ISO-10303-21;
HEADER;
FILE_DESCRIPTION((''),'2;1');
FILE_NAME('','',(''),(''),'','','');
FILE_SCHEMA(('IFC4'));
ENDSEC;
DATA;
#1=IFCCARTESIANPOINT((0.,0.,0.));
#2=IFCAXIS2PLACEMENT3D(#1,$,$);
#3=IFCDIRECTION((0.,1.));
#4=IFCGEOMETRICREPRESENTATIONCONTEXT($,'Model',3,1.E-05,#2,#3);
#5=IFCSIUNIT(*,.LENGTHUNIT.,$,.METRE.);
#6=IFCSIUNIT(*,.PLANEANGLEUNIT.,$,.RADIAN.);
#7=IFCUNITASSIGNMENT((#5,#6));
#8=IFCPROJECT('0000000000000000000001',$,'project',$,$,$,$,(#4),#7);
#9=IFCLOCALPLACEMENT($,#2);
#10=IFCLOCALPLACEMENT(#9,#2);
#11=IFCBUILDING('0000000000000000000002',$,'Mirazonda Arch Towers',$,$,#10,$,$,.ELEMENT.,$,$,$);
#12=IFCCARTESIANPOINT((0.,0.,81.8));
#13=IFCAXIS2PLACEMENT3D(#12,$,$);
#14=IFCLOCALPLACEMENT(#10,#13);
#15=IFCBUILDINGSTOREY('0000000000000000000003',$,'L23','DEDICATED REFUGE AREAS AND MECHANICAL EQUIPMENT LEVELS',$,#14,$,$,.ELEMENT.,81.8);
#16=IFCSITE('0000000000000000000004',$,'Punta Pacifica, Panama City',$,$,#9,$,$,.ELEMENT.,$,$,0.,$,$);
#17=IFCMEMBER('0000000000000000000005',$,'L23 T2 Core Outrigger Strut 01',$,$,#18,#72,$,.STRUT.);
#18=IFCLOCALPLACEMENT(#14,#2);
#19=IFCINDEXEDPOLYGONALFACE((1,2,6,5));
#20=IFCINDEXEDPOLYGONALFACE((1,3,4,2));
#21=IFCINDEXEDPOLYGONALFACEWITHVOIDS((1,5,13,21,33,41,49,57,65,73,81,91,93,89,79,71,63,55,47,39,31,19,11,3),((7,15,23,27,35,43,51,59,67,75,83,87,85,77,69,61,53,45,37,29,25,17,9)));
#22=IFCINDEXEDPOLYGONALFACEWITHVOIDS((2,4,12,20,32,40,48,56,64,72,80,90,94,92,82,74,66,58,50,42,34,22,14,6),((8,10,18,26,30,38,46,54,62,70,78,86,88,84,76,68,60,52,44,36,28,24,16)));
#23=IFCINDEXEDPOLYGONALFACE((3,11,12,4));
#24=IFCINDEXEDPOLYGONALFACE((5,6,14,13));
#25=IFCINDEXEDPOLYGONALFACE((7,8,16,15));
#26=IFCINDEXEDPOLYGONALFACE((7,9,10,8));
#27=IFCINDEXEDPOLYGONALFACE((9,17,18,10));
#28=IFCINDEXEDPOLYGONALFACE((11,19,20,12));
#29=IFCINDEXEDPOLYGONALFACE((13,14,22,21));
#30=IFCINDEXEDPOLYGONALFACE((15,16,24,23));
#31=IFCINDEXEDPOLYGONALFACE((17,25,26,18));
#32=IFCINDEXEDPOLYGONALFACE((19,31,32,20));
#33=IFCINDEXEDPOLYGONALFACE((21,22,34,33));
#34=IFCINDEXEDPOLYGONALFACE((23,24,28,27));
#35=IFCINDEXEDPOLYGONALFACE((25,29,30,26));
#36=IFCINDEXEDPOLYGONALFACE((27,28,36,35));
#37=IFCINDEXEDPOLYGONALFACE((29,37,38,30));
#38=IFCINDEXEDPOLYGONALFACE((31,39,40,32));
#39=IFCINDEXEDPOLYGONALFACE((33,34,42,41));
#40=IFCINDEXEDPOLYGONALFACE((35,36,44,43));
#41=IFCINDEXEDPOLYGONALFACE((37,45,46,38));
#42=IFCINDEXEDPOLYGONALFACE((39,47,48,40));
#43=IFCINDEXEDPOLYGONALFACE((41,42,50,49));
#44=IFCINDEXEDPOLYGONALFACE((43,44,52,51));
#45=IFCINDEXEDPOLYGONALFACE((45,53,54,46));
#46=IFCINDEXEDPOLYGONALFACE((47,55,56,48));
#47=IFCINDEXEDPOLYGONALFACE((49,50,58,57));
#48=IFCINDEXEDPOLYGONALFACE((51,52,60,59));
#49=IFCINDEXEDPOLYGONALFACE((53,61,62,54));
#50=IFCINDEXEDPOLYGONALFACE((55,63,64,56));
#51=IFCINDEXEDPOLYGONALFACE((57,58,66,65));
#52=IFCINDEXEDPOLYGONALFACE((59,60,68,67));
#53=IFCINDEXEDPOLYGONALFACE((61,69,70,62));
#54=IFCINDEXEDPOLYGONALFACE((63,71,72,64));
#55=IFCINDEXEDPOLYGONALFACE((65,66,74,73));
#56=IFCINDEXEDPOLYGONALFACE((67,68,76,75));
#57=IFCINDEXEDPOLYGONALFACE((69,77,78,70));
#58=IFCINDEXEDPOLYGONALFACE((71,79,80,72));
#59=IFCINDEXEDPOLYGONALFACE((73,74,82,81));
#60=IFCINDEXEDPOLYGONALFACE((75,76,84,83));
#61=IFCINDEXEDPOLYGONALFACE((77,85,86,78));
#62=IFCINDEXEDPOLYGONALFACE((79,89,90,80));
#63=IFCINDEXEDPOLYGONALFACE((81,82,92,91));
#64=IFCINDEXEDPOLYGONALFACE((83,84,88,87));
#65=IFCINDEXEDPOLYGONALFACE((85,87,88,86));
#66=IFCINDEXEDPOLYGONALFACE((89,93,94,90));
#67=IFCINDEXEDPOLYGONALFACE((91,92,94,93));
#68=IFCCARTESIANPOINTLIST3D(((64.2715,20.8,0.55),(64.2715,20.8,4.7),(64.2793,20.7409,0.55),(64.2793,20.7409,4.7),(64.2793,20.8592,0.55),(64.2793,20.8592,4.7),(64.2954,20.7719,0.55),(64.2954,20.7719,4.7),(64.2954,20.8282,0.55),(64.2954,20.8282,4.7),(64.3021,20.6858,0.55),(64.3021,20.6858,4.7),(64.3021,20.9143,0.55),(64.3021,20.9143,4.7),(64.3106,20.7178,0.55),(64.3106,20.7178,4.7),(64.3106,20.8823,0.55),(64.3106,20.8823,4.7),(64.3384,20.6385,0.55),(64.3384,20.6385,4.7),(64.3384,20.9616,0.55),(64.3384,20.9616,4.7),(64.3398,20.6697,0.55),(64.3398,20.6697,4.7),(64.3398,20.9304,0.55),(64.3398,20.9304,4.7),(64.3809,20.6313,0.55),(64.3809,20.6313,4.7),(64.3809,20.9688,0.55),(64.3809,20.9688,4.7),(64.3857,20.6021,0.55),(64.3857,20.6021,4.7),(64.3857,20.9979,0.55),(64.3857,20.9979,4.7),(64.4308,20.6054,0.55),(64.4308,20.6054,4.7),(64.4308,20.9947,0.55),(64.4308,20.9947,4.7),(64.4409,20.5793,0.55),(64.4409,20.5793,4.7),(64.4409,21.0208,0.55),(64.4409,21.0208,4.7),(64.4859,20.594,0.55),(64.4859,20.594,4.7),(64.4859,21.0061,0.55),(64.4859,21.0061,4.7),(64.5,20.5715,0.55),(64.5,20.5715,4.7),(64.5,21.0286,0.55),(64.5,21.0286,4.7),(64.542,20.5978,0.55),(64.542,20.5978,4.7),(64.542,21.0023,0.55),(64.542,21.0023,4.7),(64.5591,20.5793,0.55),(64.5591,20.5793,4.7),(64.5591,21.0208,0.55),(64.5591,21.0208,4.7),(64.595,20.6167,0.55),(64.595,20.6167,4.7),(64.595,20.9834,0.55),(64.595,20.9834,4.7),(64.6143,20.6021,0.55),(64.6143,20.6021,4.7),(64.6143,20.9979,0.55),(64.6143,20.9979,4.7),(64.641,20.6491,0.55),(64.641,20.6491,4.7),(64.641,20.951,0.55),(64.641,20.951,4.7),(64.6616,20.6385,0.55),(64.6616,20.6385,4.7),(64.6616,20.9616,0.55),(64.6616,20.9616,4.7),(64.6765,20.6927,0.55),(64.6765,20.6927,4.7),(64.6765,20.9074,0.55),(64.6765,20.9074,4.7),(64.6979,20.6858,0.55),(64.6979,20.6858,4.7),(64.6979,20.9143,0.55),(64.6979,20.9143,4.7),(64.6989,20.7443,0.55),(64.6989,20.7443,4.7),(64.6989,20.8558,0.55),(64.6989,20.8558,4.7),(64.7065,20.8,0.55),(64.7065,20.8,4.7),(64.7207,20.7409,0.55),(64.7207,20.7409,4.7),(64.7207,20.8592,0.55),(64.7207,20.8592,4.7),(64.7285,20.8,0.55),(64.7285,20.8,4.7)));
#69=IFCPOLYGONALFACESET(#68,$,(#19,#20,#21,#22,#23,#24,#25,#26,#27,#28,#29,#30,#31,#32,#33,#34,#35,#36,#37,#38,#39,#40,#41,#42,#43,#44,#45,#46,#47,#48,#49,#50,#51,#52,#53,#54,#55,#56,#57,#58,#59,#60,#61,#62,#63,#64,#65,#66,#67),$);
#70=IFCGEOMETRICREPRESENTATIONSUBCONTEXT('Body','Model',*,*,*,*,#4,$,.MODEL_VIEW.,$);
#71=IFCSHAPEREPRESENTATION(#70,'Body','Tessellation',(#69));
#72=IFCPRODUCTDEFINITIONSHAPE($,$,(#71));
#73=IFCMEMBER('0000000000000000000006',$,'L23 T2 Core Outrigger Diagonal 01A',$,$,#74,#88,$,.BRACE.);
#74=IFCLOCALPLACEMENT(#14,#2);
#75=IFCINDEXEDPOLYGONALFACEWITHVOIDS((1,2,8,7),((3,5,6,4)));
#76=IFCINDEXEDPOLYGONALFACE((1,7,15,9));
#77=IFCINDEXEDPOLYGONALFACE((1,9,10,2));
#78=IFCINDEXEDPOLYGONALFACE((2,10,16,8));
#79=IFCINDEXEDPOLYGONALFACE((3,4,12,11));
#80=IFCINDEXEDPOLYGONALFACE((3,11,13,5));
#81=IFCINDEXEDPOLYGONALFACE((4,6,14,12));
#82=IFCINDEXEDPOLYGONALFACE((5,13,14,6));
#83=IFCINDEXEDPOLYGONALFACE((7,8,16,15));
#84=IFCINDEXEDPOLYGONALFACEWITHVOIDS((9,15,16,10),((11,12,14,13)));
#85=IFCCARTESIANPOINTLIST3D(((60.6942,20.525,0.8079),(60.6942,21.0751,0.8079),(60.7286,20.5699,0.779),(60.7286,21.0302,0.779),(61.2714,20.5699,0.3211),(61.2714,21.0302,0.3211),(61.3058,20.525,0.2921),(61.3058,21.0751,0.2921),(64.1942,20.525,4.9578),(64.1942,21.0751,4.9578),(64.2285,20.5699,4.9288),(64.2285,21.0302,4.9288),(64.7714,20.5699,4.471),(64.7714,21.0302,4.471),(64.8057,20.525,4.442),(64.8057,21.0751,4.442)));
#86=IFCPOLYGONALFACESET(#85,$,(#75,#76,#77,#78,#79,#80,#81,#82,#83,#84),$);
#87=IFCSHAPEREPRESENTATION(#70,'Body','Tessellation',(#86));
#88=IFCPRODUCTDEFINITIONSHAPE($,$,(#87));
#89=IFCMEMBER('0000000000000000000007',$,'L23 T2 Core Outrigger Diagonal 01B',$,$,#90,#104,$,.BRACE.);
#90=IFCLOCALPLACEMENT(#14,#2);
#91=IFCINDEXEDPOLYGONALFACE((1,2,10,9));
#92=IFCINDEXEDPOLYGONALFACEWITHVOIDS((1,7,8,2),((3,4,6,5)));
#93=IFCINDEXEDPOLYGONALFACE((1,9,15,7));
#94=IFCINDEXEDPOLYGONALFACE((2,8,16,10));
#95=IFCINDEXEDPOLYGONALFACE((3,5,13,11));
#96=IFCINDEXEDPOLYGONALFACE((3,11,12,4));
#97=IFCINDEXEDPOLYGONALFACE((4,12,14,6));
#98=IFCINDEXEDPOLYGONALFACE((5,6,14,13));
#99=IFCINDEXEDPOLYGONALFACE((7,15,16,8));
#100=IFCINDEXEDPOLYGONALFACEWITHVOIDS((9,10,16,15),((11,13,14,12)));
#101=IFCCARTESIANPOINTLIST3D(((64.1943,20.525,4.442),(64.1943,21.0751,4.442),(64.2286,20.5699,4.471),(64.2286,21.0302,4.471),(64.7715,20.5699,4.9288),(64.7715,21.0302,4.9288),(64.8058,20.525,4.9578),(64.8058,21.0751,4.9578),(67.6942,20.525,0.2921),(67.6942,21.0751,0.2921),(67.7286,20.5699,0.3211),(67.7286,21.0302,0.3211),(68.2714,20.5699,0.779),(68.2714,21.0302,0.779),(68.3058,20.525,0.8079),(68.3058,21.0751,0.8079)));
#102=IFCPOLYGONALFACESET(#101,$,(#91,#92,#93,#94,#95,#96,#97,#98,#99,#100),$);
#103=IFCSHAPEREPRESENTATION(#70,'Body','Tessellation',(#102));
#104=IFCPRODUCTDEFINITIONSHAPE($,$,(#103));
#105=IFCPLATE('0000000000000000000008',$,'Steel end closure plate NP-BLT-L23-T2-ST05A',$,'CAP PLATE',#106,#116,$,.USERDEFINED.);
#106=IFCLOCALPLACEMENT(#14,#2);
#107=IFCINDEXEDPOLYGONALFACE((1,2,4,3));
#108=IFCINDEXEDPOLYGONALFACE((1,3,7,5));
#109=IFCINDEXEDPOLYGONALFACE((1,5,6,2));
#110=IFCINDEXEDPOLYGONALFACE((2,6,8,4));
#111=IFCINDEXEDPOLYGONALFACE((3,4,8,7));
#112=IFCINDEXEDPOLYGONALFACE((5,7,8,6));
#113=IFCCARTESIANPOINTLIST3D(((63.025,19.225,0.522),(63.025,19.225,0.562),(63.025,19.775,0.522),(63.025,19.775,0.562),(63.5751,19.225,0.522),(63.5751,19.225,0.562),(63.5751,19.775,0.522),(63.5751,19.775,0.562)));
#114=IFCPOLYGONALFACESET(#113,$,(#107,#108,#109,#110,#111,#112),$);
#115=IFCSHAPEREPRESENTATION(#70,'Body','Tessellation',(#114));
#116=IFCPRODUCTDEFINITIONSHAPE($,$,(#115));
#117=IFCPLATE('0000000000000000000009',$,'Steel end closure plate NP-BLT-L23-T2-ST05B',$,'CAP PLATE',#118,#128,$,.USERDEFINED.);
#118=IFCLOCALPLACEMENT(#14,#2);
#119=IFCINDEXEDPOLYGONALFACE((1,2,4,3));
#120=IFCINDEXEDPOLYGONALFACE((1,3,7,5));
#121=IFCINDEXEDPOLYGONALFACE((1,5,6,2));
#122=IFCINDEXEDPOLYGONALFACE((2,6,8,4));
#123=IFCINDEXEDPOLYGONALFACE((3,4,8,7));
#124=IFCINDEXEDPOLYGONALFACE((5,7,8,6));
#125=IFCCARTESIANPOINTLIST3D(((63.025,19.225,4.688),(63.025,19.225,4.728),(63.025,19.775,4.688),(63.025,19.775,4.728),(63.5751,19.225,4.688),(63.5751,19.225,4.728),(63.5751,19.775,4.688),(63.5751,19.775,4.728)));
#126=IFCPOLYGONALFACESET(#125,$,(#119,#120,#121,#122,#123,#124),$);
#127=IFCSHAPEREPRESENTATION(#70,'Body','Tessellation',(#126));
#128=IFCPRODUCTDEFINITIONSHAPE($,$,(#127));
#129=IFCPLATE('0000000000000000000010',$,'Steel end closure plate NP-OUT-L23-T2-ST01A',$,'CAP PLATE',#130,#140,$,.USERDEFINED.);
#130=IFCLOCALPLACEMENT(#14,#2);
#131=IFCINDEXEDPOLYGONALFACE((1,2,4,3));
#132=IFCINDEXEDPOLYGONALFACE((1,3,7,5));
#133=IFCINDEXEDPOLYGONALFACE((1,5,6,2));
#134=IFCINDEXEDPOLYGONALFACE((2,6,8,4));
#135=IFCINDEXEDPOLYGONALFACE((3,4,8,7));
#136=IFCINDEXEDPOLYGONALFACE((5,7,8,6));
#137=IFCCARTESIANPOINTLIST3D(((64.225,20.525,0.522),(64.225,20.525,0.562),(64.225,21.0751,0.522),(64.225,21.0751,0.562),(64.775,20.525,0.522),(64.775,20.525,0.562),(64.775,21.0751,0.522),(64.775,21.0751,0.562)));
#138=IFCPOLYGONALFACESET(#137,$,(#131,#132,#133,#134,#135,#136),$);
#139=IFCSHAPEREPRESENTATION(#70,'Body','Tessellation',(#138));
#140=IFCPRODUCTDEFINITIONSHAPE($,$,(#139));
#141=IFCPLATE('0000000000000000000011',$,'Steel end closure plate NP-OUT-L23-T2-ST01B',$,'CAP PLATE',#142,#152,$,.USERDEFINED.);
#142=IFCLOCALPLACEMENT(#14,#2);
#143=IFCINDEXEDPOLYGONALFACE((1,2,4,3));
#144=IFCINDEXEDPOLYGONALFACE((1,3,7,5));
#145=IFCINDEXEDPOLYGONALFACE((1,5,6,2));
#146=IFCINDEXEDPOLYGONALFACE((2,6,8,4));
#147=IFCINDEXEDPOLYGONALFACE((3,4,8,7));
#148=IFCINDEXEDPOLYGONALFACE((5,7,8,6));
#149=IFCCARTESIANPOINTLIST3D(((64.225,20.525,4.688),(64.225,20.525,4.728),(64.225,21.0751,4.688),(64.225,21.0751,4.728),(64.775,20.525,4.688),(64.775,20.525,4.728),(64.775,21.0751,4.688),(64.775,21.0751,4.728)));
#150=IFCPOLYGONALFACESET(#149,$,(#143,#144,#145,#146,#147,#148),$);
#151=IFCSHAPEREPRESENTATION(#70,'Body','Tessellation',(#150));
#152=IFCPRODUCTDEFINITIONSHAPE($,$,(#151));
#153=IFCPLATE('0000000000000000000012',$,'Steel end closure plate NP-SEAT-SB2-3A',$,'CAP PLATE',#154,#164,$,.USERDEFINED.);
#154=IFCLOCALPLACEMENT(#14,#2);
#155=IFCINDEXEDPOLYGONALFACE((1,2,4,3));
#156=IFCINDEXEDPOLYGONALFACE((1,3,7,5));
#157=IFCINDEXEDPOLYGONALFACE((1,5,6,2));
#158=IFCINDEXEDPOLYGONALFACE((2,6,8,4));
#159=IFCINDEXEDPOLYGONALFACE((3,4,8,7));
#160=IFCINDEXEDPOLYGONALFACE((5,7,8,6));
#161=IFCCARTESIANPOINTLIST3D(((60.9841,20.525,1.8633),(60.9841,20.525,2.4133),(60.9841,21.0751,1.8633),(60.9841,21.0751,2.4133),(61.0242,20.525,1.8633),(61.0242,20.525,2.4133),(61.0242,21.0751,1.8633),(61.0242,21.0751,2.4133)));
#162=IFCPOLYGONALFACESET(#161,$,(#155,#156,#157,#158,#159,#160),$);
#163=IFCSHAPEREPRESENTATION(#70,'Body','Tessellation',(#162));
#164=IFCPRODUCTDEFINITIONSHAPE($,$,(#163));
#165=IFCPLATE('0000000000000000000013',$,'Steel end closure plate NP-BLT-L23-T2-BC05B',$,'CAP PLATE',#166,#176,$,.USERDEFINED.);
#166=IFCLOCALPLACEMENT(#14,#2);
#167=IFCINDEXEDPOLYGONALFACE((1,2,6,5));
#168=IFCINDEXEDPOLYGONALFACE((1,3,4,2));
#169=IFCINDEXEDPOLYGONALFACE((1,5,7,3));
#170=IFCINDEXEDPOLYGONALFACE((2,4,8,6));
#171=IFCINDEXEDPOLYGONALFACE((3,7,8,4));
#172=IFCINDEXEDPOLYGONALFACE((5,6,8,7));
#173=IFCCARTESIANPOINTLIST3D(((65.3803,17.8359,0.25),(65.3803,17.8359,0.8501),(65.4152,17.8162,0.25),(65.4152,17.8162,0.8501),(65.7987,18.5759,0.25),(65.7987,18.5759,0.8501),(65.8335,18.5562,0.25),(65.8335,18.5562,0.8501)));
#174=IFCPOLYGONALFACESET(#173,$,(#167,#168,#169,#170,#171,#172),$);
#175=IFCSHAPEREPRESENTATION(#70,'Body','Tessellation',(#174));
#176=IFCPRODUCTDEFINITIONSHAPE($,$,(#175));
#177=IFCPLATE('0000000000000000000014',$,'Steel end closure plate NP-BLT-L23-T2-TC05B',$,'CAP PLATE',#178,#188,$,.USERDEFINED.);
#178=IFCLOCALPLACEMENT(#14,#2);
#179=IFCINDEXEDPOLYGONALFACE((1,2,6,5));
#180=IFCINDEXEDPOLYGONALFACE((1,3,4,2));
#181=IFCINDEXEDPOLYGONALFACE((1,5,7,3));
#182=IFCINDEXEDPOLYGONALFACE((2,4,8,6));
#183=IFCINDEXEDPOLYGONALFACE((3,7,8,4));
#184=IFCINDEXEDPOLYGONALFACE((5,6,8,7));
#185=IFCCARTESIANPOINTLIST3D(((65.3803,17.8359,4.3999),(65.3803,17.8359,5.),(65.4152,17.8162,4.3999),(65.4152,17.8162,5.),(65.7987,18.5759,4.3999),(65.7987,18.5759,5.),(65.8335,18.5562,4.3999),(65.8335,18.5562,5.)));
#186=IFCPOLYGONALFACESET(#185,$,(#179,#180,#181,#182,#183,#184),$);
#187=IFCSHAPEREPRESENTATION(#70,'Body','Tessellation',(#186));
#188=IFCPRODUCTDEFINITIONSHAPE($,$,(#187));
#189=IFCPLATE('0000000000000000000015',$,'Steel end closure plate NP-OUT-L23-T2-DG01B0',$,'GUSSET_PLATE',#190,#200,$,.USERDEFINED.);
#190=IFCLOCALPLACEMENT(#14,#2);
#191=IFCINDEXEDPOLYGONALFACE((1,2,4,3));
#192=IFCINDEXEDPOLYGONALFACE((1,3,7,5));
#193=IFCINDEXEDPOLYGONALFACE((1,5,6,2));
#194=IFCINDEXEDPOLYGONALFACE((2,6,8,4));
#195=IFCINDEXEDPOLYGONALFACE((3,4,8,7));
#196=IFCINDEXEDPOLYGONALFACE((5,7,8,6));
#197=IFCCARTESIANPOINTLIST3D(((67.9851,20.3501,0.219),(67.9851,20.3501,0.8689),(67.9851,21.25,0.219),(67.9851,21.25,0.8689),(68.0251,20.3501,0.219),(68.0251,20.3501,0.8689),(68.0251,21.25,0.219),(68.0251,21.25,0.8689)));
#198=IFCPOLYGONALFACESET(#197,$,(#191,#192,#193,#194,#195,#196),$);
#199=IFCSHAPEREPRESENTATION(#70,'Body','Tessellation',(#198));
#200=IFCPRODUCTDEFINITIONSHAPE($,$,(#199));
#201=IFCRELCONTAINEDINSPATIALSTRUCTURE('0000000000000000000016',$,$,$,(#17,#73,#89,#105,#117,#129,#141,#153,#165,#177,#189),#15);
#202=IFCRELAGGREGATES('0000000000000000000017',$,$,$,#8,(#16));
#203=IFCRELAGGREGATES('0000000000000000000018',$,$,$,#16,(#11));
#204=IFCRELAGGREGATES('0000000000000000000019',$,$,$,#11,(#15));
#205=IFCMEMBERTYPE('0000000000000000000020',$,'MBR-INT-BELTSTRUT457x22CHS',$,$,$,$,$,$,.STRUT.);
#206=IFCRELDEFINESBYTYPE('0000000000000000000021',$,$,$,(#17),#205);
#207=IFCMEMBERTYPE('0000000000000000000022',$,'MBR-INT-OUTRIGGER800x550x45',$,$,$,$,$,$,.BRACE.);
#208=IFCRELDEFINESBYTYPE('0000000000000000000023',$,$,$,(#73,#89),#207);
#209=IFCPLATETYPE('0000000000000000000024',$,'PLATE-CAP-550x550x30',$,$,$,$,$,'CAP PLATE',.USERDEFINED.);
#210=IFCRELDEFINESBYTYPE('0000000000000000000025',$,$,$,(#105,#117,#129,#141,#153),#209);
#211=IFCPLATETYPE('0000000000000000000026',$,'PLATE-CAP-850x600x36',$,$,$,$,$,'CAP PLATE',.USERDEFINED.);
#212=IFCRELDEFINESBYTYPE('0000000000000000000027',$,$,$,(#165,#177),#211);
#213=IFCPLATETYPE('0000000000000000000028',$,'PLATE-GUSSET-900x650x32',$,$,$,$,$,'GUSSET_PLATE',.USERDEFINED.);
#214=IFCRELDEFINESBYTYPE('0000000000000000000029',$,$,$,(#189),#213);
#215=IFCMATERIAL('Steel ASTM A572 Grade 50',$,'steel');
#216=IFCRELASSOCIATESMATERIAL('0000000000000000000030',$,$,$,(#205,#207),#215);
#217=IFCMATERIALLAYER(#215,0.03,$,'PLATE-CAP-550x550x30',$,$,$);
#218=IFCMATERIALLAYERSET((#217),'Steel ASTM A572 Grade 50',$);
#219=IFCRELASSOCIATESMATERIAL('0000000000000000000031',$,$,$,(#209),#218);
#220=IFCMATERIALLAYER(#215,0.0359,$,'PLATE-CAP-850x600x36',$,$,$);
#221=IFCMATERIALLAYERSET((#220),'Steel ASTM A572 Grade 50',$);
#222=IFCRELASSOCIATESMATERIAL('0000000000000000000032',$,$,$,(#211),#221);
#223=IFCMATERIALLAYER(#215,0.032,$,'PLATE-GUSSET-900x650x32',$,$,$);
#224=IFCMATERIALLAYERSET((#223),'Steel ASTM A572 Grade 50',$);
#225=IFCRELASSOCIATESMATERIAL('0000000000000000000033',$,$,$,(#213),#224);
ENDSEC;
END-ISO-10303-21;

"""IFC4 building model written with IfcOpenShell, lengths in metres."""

from ifc_helpers import new_model, si_unit, direction, frame, origin, origin_2d, place, context, subcontext, project, spatial, rectangle, hollow_rectangle, hollow_circle, extrude, material, layer, layer_set, material_profile, profile_set, type_object, element, save


model = new_model("IFC4")

# Units and contexts
model_context = context("Model", 3, precision=1e-05, world=origin(), true_north=direction((0.0, 1.0)))
body_context = subcontext(model_context, "Body", "Model", "MODEL_VIEW")
ifc_project = project(units=[si_unit("LENGTHUNIT", "METRE"), si_unit("PLANEANGLEUNIT", "RADIAN")], contexts=[model_context])

# Site, building, storey
site_placement = place(None, origin())
site = spatial("IfcSite", under=ifc_project, at=site_placement, Name="Punta Pacifica, Panama City", CompositionType="ELEMENT", RefElevation=0.0)
building_placement = place(site_placement, origin())
building = spatial("IfcBuilding", under=site, at=building_placement, Name="Mirazonda Arch Towers", CompositionType="ELEMENT")
storey_placement = place(building_placement, frame((0.0, 0.0, 81.8)))
storey = spatial("IfcBuildingStorey", under=building, at=storey_placement, Name="L23", Description="DEDICATED REFUGE AREAS AND MECHANICAL EQUIPMENT LEVELS", CompositionType="ELEMENT", Elevation=81.8)

# Members
ifc_material_1 = material(Name="Steel ASTM A572 Grade 50", Category="steel")
ifc_material_profile_1 = material_profile(ifc_material_1, hollow_circle(Radius=0.2285, WallThickness=0.022, at=origin_2d()), Name="BELTSTRUT457x22CHS")
ifc_profile_set_1 = profile_set([ifc_material_profile_1], Name="Steel ASTM A572 Grade 50")
member_type_1 = type_object("IfcMemberType", Name="MBR-INT-BELTSTRUT457x22CHS", PredefinedType="STRUT", material=ifc_profile_set_1)
member_1_placement = place(storey_placement, frame((64.5, 20.8, 0.55), z_axis=(0.0, 0.0, 1.0), x_axis=(1.0, 0.0, 0.0)))
element("IfcMember", 1, at=member_1_placement, inside=storey, type_object=member_type_1, Name="L23 T2 Core Outrigger Strut 01", PredefinedType="STRUT", context=body_context, shape_type="SweptSolid", body=[
    extrude(hollow_circle(Radius=0.2285, WallThickness=0.022, at=origin_2d()), origin(), (0.0, 0.0, 1.0), 4.1499),
])
ifc_material_profile_2 = material_profile(ifc_material_1, hollow_rectangle(XDim=0.55, YDim=0.8, WallThickness=0.0449, at=origin_2d()), Name="OUTRIGGER800x550x45")
ifc_profile_set_2 = profile_set([ifc_material_profile_2], Name="Steel ASTM A572 Grade 50")
member_type_2 = type_object("IfcMemberType", Name="MBR-INT-OUTRIGGER800x550x45", PredefinedType="BRACE", material=ifc_profile_set_2)
for number, where, z_axis, x_axis, name in (
    (2, (61.0, 20.8, 0.55), (0.644712, 0.0, 0.764426), (0.0, 1.0, 0.0), "L23 T2 Core Outrigger Diagonal 01A"),
    (3, (68.0, 20.8, 0.55), (-0.644712, 0.0, 0.764426), (0.0, -1.0, 0.0), "L23 T2 Core Outrigger Diagonal 01B"),
):
    element("IfcMember", number, at=place(storey_placement, frame(where, z_axis=z_axis, x_axis=x_axis)), inside=storey, type_object=member_type_2, Name=name, PredefinedType="BRACE", context=body_context, shape_type="SweptSolid", body=[
        extrude(hollow_rectangle(XDim=0.55, YDim=0.8, WallThickness=0.0449, at=origin_2d()), origin(), (0.0, 0.0, 1.0), 5.4287),
    ])

# Plates
ifc_layer_1 = layer(ifc_material_1, 0.03, Name="PLATE-CAP-550x550x30")
ifc_layer_set_1 = layer_set([ifc_layer_1], Name="Steel ASTM A572 Grade 50")
plate_type_1 = type_object("IfcPlateType", Name="PLATE-CAP-550x550x30", ElementType="CAP PLATE", PredefinedType="USERDEFINED", material=ifc_layer_set_1)
for number, where, z_axis, x_axis, name in (
    (4, (63.3, 19.5, 0.522), (0.0, 0.0, 1.0), (1.0, 0.0, 0.0), "Steel end closure plate NP-BLT-L23-T2-ST05A"),
    (5, (63.3, 19.5, 4.688), (0.0, 0.0, 1.0), (1.0, 0.0, 0.0), "Steel end closure plate NP-BLT-L23-T2-ST05B"),
    (6, (64.5, 20.8, 0.522), (0.0, 0.0, 1.0), (1.0, 0.0, 0.0), "Steel end closure plate NP-OUT-L23-T2-ST01A"),
    (7, (64.5, 20.8, 4.688), (0.0, 0.0, 1.0), (1.0, 0.0, 0.0), "Steel end closure plate NP-OUT-L23-T2-ST01B"),
):
    element("IfcPlate", number, at=place(storey_placement, frame(where, z_axis=z_axis, x_axis=x_axis)), inside=storey, type_object=plate_type_1, Name=name, ObjectType="CAP PLATE", PredefinedType="USERDEFINED", context=body_context, shape_type="SweptSolid", body=[
        extrude(rectangle(XDim=0.55, YDim=0.55, at=origin_2d()), origin(), (0.0, 0.0, 1.0), 0.04),
    ])
plate_1_placement = place(storey_placement, frame((61.0042, 20.8, 1.8633), z_axis=(0.0, 0.0, 1.0), x_axis=(1.0, 0.0, 0.0)))
element("IfcPlate", 8, at=plate_1_placement, inside=storey, type_object=plate_type_1, Name="Steel end closure plate NP-SEAT-SB2-3A", ObjectType="CAP PLATE", PredefinedType="USERDEFINED", context=body_context, shape_type="SweptSolid", body=[
    extrude(rectangle(XDim=0.04, YDim=0.55, at=origin_2d()), origin(), (0.0, 0.0, 1.0), 0.55),
])
ifc_layer_2 = layer(ifc_material_1, 0.0359, Name="PLATE-CAP-850x600x36")
ifc_layer_set_2 = layer_set([ifc_layer_2], Name="Steel ASTM A572 Grade 50")
plate_type_2 = type_object("IfcPlateType", Name="PLATE-CAP-850x600x36", ElementType="CAP PLATE", PredefinedType="USERDEFINED", material=ifc_layer_set_2)
for number, where, z_axis, x_axis, name in (
    (9, (65.6069, 18.196, 0.25), (0.0, 0.0, 1.0), (0.870528, -0.49212, 0.0), "Steel end closure plate NP-BLT-L23-T2-BC05B"),
    (10, (65.6069, 18.196, 4.3999), (0.0, 0.0, 1.0), (0.870528, -0.49212, 0.0), "Steel end closure plate NP-BLT-L23-T2-TC05B"),
):
    element("IfcPlate", number, at=place(storey_placement, frame(where, z_axis=z_axis, x_axis=x_axis)), inside=storey, type_object=plate_type_2, Name=name, ObjectType="CAP PLATE", PredefinedType="USERDEFINED", context=body_context, shape_type="SweptSolid", body=[
        extrude(rectangle(XDim=0.04, YDim=0.8501, at=origin_2d()), origin(), (0.0, 0.0, 1.0), 0.6001),
    ])
ifc_layer_3 = layer(ifc_material_1, 0.032, Name="PLATE-GUSSET-900x650x32")
ifc_layer_set_3 = layer_set([ifc_layer_3], Name="Steel ASTM A572 Grade 50")
plate_type_3 = type_object("IfcPlateType", Name="PLATE-GUSSET-900x650x32", ElementType="GUSSET_PLATE", PredefinedType="USERDEFINED", material=ifc_layer_set_3)
plate_2_placement = place(storey_placement, frame((68.0051, 20.8, 0.219), z_axis=(0.0, 0.0, 1.0), x_axis=(1.0, 0.0, 0.0)))
element("IfcPlate", 11, at=plate_2_placement, inside=storey, type_object=plate_type_3, Name="Steel end closure plate NP-OUT-L23-T2-DG01B0", ObjectType="GUSSET_PLATE", PredefinedType="USERDEFINED", context=body_context, shape_type="SweptSolid", body=[
    extrude(rectangle(XDim=0.04, YDim=0.8999, at=origin_2d()), origin(), (0.0, 0.0, 1.0), 0.6499),
])

save(model, "model.ifc")
